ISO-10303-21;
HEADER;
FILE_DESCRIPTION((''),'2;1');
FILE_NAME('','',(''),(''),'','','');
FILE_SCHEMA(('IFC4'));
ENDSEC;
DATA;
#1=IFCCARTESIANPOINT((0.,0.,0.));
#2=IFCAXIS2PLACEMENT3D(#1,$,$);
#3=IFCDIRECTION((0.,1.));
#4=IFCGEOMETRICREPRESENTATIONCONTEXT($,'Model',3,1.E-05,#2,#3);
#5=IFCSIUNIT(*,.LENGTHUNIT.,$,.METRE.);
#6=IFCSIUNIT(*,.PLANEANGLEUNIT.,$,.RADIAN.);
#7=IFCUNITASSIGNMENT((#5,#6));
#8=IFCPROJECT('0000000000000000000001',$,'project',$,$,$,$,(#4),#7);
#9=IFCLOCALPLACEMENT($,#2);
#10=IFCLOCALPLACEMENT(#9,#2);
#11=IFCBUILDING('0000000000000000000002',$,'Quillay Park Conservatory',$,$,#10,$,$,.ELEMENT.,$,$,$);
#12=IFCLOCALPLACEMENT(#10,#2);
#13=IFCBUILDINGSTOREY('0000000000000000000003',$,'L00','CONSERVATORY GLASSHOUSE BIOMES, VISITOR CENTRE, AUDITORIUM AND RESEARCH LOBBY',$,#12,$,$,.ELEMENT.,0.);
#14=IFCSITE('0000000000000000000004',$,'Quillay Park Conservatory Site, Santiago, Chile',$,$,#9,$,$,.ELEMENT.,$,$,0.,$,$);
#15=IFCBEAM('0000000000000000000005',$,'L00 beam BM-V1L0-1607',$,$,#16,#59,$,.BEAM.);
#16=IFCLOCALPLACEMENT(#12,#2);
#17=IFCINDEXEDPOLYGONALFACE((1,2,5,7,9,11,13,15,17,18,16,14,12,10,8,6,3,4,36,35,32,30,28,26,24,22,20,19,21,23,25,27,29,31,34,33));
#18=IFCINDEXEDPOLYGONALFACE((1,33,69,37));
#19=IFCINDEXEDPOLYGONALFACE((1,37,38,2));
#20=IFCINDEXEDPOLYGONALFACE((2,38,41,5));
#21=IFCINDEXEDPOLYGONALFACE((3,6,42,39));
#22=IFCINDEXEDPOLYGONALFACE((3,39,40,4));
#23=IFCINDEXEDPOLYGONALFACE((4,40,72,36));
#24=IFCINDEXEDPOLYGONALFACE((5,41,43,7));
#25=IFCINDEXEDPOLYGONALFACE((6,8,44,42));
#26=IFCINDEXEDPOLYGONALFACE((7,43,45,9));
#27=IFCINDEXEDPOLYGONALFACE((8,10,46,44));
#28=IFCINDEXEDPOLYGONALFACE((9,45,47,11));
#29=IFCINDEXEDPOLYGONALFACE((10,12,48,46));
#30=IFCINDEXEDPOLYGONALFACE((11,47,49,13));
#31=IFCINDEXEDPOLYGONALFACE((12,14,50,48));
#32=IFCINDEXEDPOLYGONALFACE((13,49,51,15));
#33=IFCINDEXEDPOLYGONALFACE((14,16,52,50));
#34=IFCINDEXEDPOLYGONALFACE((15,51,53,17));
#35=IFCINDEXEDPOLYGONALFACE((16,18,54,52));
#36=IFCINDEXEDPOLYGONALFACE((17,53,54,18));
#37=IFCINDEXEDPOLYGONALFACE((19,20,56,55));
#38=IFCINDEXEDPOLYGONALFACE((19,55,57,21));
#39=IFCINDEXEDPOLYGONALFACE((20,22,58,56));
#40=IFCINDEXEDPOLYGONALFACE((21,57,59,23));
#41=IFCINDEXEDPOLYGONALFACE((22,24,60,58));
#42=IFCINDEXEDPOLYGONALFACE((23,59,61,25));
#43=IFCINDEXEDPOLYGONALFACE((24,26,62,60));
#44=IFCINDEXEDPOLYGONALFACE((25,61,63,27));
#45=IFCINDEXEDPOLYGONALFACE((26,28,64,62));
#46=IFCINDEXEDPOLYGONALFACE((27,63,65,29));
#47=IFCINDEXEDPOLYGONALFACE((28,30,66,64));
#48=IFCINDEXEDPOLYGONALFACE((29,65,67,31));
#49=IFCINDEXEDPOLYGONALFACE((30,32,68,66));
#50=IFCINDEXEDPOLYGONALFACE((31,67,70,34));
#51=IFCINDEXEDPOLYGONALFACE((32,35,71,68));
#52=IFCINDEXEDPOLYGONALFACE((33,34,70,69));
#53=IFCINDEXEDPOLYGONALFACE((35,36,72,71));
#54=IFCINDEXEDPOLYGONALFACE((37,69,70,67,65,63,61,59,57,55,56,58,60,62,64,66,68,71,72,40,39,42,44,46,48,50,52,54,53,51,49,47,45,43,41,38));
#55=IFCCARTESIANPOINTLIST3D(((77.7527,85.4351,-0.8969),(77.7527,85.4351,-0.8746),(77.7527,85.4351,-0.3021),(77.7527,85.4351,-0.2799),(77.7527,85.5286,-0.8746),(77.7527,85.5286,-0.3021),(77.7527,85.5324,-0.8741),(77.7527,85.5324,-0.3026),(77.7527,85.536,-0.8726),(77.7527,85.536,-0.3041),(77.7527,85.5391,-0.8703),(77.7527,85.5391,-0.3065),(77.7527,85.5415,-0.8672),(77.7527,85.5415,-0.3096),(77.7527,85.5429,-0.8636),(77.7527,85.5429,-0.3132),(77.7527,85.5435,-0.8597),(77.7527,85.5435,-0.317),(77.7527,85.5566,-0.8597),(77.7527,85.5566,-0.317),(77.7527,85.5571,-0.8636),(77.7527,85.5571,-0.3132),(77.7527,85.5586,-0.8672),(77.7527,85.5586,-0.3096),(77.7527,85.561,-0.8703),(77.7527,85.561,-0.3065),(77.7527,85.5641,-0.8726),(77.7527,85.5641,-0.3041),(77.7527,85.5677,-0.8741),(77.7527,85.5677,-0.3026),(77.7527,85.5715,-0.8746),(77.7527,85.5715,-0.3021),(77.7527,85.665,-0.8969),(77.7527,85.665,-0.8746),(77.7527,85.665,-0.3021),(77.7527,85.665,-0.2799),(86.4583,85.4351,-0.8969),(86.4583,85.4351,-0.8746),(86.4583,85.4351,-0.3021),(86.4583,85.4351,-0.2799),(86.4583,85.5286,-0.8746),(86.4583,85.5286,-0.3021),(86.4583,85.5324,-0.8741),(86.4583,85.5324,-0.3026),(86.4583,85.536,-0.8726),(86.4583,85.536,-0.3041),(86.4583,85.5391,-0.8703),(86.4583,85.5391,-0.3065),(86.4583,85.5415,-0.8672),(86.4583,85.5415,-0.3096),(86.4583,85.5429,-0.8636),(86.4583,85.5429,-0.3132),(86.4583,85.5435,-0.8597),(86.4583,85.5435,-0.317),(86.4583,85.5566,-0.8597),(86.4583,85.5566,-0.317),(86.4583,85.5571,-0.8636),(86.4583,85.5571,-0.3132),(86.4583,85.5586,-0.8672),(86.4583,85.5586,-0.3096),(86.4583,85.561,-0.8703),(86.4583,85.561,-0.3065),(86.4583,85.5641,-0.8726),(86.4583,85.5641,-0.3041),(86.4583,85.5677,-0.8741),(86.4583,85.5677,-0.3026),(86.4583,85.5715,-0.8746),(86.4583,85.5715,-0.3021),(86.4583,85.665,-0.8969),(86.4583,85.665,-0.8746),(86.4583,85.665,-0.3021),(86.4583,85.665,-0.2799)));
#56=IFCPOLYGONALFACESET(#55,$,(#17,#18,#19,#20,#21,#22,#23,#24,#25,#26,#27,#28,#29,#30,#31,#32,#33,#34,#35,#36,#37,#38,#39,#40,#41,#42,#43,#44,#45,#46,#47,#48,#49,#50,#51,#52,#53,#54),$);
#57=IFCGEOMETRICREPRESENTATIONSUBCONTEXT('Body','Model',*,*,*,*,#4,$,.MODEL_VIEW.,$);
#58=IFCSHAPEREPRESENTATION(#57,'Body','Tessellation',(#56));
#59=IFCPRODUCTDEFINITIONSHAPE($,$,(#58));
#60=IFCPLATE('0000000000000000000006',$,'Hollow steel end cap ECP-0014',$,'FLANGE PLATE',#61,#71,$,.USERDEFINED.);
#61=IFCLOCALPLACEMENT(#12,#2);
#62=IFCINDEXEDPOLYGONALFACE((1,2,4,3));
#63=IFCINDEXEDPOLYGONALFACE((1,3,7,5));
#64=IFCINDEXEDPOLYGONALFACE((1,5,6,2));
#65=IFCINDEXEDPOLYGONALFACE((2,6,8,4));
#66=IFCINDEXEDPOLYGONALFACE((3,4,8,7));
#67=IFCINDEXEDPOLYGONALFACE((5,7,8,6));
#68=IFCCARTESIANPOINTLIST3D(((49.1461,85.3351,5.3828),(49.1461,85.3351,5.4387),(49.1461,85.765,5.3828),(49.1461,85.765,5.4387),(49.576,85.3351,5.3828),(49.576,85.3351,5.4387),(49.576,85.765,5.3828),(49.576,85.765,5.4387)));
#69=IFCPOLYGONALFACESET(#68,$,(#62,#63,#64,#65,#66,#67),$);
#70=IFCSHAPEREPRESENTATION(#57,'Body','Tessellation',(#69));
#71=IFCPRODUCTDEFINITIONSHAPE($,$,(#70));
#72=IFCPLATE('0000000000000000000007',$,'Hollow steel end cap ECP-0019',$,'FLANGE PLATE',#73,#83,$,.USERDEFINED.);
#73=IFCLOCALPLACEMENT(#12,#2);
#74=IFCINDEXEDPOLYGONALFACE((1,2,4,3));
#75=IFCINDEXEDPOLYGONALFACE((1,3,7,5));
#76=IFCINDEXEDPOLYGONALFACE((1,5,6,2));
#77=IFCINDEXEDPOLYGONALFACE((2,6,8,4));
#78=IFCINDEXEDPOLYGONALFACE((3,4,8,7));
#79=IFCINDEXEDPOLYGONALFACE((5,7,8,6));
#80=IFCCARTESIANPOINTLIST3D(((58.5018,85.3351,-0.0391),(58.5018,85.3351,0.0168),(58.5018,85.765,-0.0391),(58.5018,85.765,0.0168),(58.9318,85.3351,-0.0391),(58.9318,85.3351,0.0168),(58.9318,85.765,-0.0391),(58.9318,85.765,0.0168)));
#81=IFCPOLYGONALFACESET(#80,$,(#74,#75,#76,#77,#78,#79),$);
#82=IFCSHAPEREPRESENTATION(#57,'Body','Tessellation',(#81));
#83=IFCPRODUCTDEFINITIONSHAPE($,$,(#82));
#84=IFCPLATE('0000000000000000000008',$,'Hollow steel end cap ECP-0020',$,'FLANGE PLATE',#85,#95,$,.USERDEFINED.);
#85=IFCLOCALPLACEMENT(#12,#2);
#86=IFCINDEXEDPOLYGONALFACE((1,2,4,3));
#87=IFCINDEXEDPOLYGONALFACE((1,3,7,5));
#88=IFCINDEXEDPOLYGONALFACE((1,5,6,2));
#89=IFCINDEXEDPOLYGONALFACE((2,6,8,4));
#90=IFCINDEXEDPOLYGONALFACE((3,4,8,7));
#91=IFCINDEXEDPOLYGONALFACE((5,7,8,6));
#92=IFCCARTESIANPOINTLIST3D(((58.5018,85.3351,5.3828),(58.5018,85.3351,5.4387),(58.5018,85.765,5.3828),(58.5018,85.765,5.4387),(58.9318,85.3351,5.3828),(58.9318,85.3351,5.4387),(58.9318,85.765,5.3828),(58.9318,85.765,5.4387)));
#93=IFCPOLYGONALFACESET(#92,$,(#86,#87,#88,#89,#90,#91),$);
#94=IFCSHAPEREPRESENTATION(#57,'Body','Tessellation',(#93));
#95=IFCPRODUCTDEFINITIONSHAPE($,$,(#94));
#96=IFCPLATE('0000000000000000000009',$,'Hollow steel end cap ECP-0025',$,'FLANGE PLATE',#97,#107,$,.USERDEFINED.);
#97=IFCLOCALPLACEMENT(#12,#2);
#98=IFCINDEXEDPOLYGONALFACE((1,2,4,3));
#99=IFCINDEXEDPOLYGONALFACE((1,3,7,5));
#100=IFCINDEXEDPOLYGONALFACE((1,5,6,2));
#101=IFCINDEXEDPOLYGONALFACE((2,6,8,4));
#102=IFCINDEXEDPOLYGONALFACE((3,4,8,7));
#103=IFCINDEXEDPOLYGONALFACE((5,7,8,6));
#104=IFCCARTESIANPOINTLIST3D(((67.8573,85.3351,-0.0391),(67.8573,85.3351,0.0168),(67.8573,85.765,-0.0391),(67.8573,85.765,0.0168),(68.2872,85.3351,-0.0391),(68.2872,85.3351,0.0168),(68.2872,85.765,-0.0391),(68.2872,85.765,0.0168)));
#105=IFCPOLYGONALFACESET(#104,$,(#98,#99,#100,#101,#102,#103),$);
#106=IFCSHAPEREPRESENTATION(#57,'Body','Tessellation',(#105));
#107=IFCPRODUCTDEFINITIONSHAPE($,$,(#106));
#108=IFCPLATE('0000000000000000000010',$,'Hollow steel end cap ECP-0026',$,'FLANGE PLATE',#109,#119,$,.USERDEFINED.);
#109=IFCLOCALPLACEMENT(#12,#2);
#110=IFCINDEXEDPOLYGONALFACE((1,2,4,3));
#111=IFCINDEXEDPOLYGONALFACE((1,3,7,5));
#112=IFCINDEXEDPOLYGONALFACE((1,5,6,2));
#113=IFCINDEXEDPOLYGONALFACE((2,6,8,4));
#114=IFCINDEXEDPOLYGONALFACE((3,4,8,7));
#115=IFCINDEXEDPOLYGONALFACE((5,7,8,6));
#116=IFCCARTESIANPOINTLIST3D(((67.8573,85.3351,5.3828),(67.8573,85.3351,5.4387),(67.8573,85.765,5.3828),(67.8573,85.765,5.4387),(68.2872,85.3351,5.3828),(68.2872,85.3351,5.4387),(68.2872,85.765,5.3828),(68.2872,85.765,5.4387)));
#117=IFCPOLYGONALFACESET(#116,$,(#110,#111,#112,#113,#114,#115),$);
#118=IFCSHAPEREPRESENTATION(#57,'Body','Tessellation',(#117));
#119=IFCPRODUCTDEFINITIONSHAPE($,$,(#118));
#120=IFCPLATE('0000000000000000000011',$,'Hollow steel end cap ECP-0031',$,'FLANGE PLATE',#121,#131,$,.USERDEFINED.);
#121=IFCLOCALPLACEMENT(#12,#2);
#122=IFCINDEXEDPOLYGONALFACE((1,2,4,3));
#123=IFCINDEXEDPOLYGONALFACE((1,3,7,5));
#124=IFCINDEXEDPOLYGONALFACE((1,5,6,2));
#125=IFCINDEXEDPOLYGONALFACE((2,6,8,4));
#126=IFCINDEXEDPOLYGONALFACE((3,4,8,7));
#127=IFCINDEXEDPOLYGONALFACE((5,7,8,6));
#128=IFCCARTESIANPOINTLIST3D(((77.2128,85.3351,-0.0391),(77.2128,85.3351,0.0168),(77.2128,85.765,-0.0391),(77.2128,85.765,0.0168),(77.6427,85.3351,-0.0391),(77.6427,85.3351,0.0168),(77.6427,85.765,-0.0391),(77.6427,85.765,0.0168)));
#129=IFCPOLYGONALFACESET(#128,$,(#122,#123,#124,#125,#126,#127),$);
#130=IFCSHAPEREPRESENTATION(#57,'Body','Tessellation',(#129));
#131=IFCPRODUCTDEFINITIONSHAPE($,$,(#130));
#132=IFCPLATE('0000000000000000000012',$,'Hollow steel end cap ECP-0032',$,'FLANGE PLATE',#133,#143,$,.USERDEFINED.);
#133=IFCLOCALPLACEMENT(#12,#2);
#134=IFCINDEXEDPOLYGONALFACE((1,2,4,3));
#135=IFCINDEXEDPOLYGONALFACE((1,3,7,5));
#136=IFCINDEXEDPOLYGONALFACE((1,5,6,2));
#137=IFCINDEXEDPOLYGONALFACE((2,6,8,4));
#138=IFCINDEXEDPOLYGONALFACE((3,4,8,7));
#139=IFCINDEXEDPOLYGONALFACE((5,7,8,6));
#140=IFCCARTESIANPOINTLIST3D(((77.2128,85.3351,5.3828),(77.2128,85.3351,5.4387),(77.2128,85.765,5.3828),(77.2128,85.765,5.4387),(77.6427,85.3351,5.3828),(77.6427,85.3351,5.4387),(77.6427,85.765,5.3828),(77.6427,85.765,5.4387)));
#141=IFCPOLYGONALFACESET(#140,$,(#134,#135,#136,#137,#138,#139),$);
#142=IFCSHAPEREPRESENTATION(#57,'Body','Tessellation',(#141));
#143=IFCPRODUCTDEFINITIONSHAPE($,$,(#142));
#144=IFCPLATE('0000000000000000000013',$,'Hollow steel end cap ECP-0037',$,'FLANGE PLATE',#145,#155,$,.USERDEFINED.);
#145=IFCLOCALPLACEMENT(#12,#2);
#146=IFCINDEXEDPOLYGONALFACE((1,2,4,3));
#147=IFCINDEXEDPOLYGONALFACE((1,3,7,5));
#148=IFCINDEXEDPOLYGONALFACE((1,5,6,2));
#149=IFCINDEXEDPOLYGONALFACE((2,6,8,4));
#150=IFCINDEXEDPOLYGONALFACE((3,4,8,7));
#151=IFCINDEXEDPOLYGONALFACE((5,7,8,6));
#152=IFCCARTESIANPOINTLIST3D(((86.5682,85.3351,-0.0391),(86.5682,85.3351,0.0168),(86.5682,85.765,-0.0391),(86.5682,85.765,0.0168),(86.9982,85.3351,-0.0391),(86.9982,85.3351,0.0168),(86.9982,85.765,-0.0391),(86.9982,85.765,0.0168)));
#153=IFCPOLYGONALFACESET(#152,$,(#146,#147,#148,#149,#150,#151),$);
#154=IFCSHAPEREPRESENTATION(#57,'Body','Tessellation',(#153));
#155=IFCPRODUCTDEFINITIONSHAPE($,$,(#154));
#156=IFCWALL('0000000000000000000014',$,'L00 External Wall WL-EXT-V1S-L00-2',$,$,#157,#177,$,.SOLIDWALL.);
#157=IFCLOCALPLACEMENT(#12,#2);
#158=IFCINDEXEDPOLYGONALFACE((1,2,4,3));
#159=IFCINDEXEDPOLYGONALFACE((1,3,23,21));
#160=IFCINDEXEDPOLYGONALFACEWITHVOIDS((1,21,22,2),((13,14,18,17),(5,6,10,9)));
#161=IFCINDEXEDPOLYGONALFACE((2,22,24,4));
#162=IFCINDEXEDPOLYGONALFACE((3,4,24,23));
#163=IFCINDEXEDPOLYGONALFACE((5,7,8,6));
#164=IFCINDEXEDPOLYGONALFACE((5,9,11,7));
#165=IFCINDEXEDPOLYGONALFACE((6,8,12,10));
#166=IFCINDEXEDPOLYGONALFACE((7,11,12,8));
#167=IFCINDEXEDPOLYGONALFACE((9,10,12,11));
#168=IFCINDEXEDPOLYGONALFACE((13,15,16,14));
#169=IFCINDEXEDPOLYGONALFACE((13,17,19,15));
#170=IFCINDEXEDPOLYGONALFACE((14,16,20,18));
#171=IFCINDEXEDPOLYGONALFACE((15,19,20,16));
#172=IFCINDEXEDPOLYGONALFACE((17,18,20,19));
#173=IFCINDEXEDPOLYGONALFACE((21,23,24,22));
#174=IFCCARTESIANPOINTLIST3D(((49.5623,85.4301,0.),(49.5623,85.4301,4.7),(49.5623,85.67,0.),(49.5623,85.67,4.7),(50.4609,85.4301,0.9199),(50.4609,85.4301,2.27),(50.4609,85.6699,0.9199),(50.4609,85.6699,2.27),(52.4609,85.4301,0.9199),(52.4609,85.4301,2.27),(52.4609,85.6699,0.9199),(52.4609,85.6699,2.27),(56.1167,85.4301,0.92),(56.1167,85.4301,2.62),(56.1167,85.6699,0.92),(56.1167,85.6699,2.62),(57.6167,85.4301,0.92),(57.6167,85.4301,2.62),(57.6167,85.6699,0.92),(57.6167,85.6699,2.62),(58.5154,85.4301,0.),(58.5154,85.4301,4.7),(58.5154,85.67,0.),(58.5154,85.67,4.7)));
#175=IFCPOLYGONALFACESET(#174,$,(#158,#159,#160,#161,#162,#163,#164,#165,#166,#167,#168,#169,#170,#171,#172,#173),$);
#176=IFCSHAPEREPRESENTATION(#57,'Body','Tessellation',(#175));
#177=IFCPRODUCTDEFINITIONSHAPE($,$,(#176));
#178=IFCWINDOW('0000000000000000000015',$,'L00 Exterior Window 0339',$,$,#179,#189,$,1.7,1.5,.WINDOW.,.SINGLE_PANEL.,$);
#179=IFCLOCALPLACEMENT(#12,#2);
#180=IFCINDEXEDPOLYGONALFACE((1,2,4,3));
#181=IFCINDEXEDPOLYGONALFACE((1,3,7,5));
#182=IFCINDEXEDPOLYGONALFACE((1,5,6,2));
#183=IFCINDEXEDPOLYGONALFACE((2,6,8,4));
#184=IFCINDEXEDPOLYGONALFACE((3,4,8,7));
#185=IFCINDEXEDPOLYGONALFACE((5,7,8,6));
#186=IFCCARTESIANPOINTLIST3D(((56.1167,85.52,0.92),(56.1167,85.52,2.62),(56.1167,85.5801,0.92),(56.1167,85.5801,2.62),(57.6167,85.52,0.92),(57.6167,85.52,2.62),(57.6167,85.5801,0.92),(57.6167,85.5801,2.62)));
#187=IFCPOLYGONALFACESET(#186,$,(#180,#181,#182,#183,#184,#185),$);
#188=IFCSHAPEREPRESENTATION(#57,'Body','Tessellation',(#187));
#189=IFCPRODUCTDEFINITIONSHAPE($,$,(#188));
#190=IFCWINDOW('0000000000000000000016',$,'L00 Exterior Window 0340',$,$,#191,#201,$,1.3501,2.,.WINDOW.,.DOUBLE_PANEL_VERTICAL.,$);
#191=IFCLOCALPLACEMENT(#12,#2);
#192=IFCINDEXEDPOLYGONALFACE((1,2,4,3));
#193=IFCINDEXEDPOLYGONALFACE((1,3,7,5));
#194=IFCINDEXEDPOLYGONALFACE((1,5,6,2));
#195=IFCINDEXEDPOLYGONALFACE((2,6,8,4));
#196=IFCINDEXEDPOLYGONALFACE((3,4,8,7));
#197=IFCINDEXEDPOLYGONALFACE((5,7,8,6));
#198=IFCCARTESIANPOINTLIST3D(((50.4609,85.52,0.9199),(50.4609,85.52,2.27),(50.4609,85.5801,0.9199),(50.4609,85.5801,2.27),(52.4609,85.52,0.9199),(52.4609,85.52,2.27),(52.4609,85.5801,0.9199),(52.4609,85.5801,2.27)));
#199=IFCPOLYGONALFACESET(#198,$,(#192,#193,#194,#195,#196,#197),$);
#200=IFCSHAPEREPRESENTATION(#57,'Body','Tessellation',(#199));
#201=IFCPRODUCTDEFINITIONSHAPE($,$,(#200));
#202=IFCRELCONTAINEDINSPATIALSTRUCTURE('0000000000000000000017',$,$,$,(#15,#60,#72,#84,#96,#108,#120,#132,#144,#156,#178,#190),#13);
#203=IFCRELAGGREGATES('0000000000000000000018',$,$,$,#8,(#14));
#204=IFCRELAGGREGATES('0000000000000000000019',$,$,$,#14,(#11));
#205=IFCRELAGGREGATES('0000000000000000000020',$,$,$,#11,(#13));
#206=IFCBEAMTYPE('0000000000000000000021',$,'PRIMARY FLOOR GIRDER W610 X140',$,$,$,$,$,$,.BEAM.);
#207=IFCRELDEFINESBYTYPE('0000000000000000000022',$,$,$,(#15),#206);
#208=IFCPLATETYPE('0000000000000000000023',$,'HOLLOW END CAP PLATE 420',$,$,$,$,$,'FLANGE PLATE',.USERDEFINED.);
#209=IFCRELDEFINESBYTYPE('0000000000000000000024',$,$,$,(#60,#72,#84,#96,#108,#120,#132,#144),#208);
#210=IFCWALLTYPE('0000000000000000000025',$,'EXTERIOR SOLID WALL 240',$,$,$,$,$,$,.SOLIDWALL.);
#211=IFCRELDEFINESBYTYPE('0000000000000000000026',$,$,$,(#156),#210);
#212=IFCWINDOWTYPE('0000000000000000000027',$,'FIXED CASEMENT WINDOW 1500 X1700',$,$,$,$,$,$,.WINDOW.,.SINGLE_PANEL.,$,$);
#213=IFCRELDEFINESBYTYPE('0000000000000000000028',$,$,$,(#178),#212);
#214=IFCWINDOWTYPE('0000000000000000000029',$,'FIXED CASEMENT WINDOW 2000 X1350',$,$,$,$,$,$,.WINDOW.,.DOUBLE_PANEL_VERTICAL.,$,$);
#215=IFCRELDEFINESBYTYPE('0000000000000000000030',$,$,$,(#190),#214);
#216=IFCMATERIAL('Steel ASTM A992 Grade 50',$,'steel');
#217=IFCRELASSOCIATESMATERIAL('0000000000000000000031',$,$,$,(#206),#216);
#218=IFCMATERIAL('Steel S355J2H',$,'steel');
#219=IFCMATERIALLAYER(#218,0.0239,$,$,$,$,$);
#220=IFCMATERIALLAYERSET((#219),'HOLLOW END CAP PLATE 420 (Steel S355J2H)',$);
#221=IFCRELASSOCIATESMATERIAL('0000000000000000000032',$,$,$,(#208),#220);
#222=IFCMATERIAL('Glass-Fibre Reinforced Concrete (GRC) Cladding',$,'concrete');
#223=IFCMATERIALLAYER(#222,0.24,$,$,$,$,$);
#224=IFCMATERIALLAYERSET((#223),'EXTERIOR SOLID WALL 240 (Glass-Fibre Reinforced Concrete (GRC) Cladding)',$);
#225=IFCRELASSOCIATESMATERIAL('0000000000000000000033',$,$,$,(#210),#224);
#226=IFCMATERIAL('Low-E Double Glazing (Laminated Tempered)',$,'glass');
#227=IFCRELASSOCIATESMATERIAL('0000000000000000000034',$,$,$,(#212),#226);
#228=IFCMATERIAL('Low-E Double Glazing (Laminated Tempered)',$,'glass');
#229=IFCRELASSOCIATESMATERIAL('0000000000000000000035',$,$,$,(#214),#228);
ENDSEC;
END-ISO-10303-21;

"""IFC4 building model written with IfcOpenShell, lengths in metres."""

from ifc_helpers import new_model, si_unit, direction, frame, frame_2d, origin, origin_2d, place, context, subcontext, project, spatial, rectangle, i_section, extrude, material, layer, layer_set, material_profile, profile_set, type_object, element, fill, save


model = new_model("IFC4")

# Units and contexts
model_context = context("Model", 3, precision=1e-05, world=origin(), true_north=direction((0.0, 1.0)))
body_context = subcontext(model_context, "Body", "Model", "MODEL_VIEW")
ifc_project = project(units=[si_unit("LENGTHUNIT", "METRE"), si_unit("PLANEANGLEUNIT", "RADIAN")], contexts=[model_context])

# Site, building, storey
site_placement = place(None, origin())
site = spatial("IfcSite", under=ifc_project, at=site_placement, Name="Quillay Park Conservatory Site, Santiago, Chile", CompositionType="ELEMENT", RefElevation=0.0)
building_placement = place(site_placement, origin())
building = spatial("IfcBuilding", under=site, at=building_placement, Name="Quillay Park Conservatory", CompositionType="ELEMENT")
storey_placement = place(building_placement, origin())
storey = spatial("IfcBuildingStorey", under=building, at=storey_placement, Name="L00", Description="CONSERVATORY GLASSHOUSE BIOMES, VISITOR CENTRE, AUDITORIUM AND RESEARCH LOBBY", CompositionType="ELEMENT", Elevation=0.0)

# Beam
ifc_material_1 = material(Name="Steel ASTM A992 Grade 50", Category="steel")
ifc_material_profile_1 = material_profile(ifc_material_1, i_section(OverallWidth=0.23, OverallDepth=0.6169, WebThickness=0.0132, FlangeThickness=0.0222, FilletRadius=0.0149, at=origin_2d()), Name="W610x140")
ifc_profile_set_1 = profile_set([ifc_material_profile_1], Name="Steel ASTM A992 Grade 50")
beam_type = type_object("IfcBeamType", Name="PRIMARY FLOOR GIRDER W610 X140", PredefinedType="BEAM", material=ifc_profile_set_1)
for number, where, z_axis, x_axis, name in (
    (1, (77.7527, 85.55, -0.5884), (1.0, 0.0, 0.0), (0.0, 1.0, 0.0), "L00 beam BM-V1L0-1607"),
):
    element("IfcBeam", number, at=place(storey_placement, frame(where, z_axis=z_axis, x_axis=x_axis)), inside=storey, type_object=beam_type, Name=name, PredefinedType="BEAM", context=body_context, shape_type="SweptSolid", body=[
        extrude(i_section(OverallWidth=0.23, OverallDepth=0.6169, WebThickness=0.0132, FlangeThickness=0.0222, FilletRadius=0.0149, at=origin_2d()), origin(), (0.0, 0.0, 1.0), 8.7056),
    ])

# Plates
ifc_material_2 = material(Name="Steel S355J2H", Category="steel")
ifc_layer_1 = layer(ifc_material_2, 0.0239)
ifc_layer_set_1 = layer_set([ifc_layer_1], Name="HOLLOW END CAP PLATE 420 (Steel S355J2H)")
plate_type = type_object("IfcPlateType", Name="HOLLOW END CAP PLATE 420", ElementType="FLANGE PLATE", PredefinedType="USERDEFINED", material=ifc_layer_set_1)
for number, where, z_axis, x_axis, name in (
    (2, (49.3611, 85.55, 5.3828), (0.0, 0.0, 1.0), (1.0, 0.0, 0.0), "Hollow steel end cap ECP-0014"),
    (3, (58.7168, 85.55, -0.0391), (0.0, 0.0, 1.0), (1.0, 0.0, 0.0), "Hollow steel end cap ECP-0019"),
    (4, (58.7168, 85.55, 5.3828), (0.0, 0.0, 1.0), (1.0, 0.0, 0.0), "Hollow steel end cap ECP-0020"),
    (5, (68.0723, 85.55, -0.0391), (0.0, 0.0, 1.0), (1.0, 0.0, 0.0), "Hollow steel end cap ECP-0025"),
    (6, (68.0723, 85.55, 5.3828), (0.0, 0.0, 1.0), (1.0, 0.0, 0.0), "Hollow steel end cap ECP-0026"),
    (7, (77.4277, 85.55, -0.0391), (0.0, 0.0, 1.0), (1.0, 0.0, 0.0), "Hollow steel end cap ECP-0031"),
    (8, (77.4277, 85.55, 5.3828), (0.0, 0.0, 1.0), (1.0, 0.0, 0.0), "Hollow steel end cap ECP-0032"),
    (9, (86.7832, 85.55, -0.0391), (0.0, 0.0, 1.0), (1.0, 0.0, 0.0), "Hollow steel end cap ECP-0037"),
):
    element("IfcPlate", number, at=place(storey_placement, frame(where, z_axis=z_axis, x_axis=x_axis)), inside=storey, type_object=plate_type, Name=name, ObjectType="FLANGE PLATE", PredefinedType="USERDEFINED", context=body_context, shape_type="SweptSolid", body=[
        extrude(rectangle(XDim=0.4299, YDim=0.4299, at=origin_2d()), origin(), (0.0, 0.0, 1.0), 0.0559),
    ])

# Wall, openings, windows
ifc_material_3 = material(Name="Glass-Fibre Reinforced Concrete (GRC) Cladding", Category="concrete")
ifc_layer_2 = layer(ifc_material_3, 0.24)
ifc_layer_set_2 = layer_set([ifc_layer_2], Name="EXTERIOR SOLID WALL 240 (Glass-Fibre Reinforced Concrete (GRC) Cladding)")
wall_type = type_object("IfcWallType", Name="EXTERIOR SOLID WALL 240", PredefinedType="SOLIDWALL", material=ifc_layer_set_2)
wall_1_placement = place(storey_placement, frame((58.5154, 85.55, 0.0), z_axis=(0.0, 0.0, 1.0), x_axis=(-1.0, 0.0, 0.0)))
wall_1 = element("IfcWall", 10, at=wall_1_placement, inside=storey, type_object=wall_type, Name="L00 External Wall WL-EXT-V1S-L00-2", PredefinedType="SOLIDWALL", context=body_context, shape_type="SweptSolid", body=[
    extrude(rectangle(XDim=8.9531, YDim=0.24, at=frame_2d((4.4766, 0.0))), origin(), (0.0, 0.0, 1.0), 4.7),
])
opening_1_placement = place(wall_1_placement, frame((0.8987, 0.0, 0.9199)))
opening_1 = element("IfcOpeningElement", 11, at=opening_1_placement, cuts=wall_1, PredefinedType="OPENING", context=body_context, shape_type="SweptSolid", body=[
    extrude(rectangle(XDim=1.5, YDim=1.7, at=frame_2d((0.75, 0.8501))), frame((0.0, 0.1201, 0.0), z_axis=(0.0, -1.0, 0.0), x_axis=(1.0, 0.0, 0.0)), (0.0, 0.0, 1.0), 0.24),
])
opening_2_placement = place(wall_1_placement, frame((6.0544, 0.0, 0.9199)))
opening_2 = element("IfcOpeningElement", 12, at=opening_2_placement, cuts=wall_1, PredefinedType="OPENING", context=body_context, shape_type="SweptSolid", body=[
    extrude(rectangle(XDim=2.0, YDim=1.3501, at=frame_2d((1.0, 0.675))), frame((0.0, 0.1201, 0.0), z_axis=(0.0, -1.0, 0.0), x_axis=(1.0, 0.0, 0.0)), (0.0, 0.0, 1.0), 0.24),
])
ifc_material_4 = material(Name="Low-E Double Glazing (Laminated Tempered)", Category="glass")
window_type_1 = type_object("IfcWindowType", Name="FIXED CASEMENT WINDOW 1500 X1700", PartitioningType="SINGLE_PANEL", PredefinedType="WINDOW", material=ifc_material_4)
window_1_placement = place(opening_1_placement, origin())
window_1 = element("IfcWindow", 13, at=window_1_placement, inside=storey, type_object=window_type_1, Name="L00 Exterior Window 0339", OverallHeight=1.7, OverallWidth=1.5, PartitioningType="SINGLE_PANEL", PredefinedType="WINDOW", context=body_context, shape_type="SweptSolid", body=[
    extrude(rectangle(XDim=1.5, YDim=1.7, at=frame_2d((0.75, 0.8501))), frame((0.0, 0.03, 0.0), z_axis=(0.0, -1.0, 0.0), x_axis=(1.0, 0.0, 0.0)), (0.0, 0.0, 1.0), 0.0601),
])
fill(opening_1, window_1)
ifc_material_5 = material(Name="Low-E Double Glazing (Laminated Tempered)", Category="glass")
window_type_2 = type_object("IfcWindowType", Name="FIXED CASEMENT WINDOW 2000 X1350", PartitioningType="DOUBLE_PANEL_VERTICAL", PredefinedType="WINDOW", material=ifc_material_5)
window_2_placement = place(opening_2_placement, origin())
window_2 = element("IfcWindow", 14, at=window_2_placement, inside=storey, type_object=window_type_2, Name="L00 Exterior Window 0340", OverallHeight=1.3501, OverallWidth=2.0, PartitioningType="DOUBLE_PANEL_VERTICAL", PredefinedType="WINDOW", context=body_context, shape_type="SweptSolid", body=[
    extrude(rectangle(XDim=2.0, YDim=1.3501, at=frame_2d((1.0, 0.675))), frame((0.0, 0.03, 0.0), z_axis=(0.0, -1.0, 0.0), x_axis=(1.0, 0.0, 0.0)), (0.0, 0.0, 1.0), 0.0601),
])
fill(opening_2, window_2)

save(model, "model.ifc")
